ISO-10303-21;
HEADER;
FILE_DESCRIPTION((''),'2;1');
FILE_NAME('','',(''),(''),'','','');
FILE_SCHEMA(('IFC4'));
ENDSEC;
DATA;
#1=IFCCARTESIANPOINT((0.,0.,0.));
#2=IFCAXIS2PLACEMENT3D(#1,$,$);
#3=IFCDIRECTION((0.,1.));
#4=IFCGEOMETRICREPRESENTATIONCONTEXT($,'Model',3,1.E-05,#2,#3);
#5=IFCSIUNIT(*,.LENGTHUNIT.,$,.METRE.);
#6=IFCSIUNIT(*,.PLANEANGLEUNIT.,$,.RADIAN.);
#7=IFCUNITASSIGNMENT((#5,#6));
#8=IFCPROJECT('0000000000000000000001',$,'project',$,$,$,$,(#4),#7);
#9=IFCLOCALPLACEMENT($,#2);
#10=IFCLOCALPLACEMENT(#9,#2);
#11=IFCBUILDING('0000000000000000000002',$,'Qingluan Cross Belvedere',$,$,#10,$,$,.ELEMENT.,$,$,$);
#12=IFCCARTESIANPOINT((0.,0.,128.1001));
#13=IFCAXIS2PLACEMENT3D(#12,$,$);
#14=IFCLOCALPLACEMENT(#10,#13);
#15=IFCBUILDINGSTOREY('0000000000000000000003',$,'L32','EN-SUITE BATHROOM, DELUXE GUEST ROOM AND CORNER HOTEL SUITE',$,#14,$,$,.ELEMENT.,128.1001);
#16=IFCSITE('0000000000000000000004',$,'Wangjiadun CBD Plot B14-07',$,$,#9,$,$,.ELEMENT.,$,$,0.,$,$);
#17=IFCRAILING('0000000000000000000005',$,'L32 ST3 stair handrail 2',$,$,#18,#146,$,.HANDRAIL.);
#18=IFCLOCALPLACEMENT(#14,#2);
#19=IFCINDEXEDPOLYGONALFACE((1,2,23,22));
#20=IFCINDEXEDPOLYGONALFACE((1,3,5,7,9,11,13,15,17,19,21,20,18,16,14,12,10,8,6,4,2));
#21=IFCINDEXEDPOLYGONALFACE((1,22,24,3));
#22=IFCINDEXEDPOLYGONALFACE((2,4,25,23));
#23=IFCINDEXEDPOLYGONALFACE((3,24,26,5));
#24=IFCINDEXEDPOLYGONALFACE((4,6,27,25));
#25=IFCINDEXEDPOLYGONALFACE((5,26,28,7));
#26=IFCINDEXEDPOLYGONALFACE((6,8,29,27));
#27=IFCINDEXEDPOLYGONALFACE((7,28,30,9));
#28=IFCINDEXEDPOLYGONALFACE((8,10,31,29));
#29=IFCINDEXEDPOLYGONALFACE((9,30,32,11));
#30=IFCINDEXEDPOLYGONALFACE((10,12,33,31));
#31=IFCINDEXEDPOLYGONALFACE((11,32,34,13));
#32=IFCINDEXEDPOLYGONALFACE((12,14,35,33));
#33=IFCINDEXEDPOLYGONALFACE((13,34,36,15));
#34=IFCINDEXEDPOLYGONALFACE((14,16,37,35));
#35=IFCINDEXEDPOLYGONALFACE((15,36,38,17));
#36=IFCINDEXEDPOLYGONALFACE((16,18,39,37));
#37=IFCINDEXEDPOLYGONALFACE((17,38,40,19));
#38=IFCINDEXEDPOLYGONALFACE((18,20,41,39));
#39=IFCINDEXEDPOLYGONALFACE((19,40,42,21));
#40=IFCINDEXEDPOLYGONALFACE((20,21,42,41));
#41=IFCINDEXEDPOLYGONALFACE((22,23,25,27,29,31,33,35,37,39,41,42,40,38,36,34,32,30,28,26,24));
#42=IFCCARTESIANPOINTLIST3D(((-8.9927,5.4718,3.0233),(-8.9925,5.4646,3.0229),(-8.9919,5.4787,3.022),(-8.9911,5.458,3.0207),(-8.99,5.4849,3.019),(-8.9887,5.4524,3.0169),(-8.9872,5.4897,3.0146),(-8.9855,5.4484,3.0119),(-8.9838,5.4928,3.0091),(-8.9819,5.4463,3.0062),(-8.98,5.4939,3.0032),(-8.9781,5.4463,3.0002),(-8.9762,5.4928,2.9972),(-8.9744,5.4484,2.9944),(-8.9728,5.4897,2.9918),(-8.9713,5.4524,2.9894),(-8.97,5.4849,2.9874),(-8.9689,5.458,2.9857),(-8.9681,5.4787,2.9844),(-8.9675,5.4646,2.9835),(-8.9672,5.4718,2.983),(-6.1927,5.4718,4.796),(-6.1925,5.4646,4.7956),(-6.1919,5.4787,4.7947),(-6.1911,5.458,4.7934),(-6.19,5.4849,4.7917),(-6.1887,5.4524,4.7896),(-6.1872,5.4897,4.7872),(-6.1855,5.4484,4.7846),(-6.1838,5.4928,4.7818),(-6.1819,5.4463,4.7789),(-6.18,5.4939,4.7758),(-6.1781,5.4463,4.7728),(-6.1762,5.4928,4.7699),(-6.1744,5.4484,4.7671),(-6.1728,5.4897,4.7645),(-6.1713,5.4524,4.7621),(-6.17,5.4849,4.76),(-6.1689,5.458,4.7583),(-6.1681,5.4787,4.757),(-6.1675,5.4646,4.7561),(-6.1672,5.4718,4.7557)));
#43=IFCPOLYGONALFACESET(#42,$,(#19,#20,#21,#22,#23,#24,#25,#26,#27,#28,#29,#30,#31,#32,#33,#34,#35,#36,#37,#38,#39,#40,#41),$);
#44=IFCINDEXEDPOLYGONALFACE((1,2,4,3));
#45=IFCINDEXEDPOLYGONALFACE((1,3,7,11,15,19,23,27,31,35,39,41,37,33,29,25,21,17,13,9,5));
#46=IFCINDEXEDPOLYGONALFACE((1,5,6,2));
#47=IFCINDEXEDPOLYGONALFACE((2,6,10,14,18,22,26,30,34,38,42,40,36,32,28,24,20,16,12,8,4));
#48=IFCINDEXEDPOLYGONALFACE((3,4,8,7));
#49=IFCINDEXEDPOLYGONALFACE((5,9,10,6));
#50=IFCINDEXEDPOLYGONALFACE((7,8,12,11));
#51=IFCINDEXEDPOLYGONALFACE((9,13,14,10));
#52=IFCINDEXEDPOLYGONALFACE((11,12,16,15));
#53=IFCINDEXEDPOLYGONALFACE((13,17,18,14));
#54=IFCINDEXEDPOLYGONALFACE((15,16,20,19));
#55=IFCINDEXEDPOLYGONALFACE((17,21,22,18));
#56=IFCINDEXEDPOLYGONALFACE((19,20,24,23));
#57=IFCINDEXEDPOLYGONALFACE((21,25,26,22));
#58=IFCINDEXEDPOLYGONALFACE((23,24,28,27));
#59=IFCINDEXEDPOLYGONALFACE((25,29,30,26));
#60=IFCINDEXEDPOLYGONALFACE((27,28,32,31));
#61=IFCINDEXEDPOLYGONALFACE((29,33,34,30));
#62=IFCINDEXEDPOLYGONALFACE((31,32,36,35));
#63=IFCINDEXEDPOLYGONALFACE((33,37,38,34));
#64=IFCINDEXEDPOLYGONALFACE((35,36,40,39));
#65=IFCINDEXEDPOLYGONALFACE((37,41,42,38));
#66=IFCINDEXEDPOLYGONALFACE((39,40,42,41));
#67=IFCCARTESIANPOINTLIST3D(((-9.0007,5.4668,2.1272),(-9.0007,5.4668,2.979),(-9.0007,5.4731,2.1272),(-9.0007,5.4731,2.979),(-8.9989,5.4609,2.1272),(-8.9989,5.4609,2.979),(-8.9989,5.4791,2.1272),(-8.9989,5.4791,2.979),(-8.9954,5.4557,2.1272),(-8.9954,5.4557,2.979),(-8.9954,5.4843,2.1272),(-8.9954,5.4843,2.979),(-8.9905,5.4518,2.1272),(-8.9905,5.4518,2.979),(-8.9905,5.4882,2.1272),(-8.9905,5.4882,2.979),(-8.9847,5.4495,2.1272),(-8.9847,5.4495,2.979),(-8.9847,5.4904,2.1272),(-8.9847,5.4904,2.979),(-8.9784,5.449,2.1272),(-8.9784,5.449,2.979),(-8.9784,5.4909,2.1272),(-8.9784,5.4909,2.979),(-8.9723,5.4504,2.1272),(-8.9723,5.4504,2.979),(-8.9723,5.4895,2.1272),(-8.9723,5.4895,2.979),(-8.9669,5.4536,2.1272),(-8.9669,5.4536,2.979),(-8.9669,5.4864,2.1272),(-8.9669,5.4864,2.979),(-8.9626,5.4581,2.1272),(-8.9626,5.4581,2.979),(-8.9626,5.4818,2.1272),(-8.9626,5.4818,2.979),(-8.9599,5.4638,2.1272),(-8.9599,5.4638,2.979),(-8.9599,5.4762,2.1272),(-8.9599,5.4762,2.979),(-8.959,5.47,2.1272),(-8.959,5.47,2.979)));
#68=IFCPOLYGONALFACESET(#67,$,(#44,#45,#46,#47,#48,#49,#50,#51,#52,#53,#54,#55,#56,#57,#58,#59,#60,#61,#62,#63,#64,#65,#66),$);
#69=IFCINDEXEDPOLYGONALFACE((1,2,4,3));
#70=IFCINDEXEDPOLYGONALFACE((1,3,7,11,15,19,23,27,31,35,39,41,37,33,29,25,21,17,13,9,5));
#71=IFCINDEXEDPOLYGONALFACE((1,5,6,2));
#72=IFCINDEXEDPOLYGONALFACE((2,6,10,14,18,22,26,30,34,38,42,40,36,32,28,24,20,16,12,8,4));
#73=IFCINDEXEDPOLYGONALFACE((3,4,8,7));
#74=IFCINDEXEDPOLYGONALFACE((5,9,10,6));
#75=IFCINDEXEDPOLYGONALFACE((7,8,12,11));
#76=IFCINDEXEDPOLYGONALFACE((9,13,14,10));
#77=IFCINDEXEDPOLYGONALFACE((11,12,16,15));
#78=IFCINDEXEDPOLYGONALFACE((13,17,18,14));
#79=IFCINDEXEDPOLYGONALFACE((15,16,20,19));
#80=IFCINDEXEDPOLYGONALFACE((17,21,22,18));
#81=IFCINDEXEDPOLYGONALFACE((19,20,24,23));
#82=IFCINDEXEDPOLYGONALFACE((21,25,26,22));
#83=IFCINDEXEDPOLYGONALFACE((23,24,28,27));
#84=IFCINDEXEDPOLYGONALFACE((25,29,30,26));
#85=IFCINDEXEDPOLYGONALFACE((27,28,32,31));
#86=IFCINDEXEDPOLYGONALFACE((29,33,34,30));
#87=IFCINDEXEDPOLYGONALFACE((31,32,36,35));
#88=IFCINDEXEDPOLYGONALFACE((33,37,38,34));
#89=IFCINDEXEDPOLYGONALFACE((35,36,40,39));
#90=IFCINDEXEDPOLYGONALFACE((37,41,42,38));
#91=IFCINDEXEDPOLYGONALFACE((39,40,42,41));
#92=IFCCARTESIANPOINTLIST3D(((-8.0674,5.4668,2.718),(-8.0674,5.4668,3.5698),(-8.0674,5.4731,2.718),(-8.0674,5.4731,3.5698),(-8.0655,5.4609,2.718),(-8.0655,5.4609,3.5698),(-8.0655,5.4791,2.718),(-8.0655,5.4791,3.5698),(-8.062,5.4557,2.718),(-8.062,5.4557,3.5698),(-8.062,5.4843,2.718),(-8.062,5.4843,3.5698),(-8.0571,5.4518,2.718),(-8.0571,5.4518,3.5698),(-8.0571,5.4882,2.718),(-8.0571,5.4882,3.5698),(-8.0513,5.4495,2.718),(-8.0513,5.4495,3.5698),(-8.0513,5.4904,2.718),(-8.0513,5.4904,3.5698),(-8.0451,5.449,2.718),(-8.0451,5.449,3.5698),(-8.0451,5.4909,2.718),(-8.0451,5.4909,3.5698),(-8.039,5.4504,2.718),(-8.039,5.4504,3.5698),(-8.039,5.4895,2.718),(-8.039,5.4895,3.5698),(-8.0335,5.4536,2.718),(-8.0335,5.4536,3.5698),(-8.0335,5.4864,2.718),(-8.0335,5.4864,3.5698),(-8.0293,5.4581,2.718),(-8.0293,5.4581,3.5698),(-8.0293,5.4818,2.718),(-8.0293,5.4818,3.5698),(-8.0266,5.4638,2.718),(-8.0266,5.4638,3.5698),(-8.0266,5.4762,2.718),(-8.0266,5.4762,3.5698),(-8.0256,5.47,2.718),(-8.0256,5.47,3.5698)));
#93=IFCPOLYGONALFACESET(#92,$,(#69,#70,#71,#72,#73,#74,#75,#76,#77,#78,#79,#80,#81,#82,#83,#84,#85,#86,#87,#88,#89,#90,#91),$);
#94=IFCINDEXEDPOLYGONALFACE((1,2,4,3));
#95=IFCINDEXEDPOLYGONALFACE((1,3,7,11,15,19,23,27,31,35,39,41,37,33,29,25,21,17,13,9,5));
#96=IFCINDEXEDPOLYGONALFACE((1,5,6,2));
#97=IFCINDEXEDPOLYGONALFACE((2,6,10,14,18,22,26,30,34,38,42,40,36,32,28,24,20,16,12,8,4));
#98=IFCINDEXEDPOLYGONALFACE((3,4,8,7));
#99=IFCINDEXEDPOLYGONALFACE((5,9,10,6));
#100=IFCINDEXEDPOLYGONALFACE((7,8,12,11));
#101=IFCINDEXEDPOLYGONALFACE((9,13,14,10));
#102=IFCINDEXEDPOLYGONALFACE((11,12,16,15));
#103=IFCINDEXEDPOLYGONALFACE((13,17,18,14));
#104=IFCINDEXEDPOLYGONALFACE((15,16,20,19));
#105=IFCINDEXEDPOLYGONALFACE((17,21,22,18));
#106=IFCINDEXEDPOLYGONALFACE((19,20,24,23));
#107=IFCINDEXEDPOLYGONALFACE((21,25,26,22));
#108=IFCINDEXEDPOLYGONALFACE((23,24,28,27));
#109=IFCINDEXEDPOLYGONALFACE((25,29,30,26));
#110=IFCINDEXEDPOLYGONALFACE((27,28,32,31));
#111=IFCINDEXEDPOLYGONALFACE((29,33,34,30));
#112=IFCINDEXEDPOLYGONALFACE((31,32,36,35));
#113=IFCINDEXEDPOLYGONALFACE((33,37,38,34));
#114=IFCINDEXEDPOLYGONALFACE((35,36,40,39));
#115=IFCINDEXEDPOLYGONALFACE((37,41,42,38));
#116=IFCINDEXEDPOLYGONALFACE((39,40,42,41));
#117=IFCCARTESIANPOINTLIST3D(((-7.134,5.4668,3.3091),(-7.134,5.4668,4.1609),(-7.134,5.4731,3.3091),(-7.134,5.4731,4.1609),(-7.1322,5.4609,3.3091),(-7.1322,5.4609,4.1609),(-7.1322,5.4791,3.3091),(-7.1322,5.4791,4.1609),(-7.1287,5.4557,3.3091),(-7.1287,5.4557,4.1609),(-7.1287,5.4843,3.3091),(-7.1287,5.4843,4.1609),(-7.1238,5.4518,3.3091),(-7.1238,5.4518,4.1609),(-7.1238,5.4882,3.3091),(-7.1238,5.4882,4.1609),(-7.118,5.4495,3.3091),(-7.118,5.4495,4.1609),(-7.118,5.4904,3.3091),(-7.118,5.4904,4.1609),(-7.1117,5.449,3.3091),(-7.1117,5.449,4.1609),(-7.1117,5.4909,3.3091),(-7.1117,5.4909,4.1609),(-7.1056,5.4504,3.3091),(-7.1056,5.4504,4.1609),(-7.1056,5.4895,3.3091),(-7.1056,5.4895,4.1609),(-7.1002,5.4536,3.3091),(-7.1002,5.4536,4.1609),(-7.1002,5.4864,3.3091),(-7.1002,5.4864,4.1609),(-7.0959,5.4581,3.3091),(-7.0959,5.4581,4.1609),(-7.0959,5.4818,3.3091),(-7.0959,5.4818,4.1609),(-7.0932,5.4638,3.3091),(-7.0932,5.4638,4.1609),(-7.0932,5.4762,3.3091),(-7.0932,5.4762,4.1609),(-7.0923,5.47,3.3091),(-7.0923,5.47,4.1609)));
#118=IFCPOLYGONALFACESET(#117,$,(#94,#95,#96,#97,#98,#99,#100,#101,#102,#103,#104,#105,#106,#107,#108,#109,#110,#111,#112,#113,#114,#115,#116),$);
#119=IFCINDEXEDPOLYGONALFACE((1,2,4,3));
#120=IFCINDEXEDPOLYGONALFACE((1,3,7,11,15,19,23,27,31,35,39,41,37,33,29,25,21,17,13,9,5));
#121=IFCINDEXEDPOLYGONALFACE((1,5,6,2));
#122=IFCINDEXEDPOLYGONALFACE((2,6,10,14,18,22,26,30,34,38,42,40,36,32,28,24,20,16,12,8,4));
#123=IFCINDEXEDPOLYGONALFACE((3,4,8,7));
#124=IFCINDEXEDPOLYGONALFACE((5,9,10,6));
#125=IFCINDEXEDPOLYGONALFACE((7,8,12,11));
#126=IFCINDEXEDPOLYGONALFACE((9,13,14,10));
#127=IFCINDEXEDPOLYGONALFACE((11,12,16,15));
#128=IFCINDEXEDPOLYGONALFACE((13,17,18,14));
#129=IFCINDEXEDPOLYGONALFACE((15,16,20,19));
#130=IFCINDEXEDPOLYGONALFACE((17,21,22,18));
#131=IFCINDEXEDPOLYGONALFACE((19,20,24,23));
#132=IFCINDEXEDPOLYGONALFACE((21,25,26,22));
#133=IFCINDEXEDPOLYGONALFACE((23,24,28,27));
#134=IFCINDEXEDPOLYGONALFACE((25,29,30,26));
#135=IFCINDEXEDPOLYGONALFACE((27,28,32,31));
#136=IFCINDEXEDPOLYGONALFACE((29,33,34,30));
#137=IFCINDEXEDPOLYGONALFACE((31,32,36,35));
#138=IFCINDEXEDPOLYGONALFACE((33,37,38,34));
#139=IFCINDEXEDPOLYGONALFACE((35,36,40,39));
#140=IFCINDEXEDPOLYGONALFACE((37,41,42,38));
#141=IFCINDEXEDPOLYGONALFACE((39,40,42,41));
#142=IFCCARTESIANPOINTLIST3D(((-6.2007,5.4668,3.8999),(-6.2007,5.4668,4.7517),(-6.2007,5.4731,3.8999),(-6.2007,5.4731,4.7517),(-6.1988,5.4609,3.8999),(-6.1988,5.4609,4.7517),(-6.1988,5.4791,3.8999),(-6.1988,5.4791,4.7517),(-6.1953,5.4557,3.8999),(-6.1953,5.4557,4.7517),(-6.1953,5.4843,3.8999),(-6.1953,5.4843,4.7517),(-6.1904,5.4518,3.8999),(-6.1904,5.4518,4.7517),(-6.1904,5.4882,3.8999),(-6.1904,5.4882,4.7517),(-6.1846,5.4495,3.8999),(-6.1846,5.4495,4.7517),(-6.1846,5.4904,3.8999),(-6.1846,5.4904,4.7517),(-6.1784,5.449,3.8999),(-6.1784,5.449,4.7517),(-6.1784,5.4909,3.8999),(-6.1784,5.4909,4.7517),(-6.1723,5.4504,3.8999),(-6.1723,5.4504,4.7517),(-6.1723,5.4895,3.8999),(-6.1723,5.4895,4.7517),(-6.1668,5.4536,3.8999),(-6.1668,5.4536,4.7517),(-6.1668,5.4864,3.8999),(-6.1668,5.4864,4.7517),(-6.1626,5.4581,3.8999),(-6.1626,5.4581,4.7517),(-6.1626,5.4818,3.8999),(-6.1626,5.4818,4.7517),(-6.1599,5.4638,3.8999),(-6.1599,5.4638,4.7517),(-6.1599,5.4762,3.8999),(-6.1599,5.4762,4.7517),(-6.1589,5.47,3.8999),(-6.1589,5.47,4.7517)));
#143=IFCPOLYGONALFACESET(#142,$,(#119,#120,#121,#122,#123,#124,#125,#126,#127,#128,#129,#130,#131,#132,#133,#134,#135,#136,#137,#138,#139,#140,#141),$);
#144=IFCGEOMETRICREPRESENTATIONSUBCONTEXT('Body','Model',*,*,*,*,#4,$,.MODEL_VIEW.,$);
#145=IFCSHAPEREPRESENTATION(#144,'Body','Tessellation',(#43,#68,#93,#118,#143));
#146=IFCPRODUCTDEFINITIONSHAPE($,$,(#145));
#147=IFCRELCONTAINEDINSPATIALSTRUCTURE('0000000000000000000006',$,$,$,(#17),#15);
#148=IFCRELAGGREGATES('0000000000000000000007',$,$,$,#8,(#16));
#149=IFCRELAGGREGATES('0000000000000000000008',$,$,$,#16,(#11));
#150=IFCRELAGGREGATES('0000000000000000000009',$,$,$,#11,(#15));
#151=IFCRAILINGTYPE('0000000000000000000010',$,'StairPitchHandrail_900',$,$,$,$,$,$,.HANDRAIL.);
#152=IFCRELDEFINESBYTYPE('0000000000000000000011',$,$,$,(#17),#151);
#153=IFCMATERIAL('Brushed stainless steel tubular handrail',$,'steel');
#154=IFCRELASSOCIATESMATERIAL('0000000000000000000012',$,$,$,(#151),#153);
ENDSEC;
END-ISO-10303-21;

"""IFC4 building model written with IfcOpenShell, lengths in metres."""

from ifc_helpers import new_model, si_unit, direction, frame, origin, origin_2d, place, context, subcontext, project, spatial, circle, extrude, material, type_object, element, save


model = new_model("IFC4")

# Units and contexts
model_context = context("Model", 3, precision=1e-05, world=origin(), true_north=direction((0.0, 1.0)))
body_context = subcontext(model_context, "Body", "Model", "MODEL_VIEW")
ifc_project = project(units=[si_unit("LENGTHUNIT", "METRE"), si_unit("PLANEANGLEUNIT", "RADIAN")], contexts=[model_context])

# Site, building, storey
site_placement = place(None, origin())
site = spatial("IfcSite", under=ifc_project, at=site_placement, Name="Wangjiadun CBD Plot B14-07", CompositionType="ELEMENT", RefElevation=0.0)
building_placement = place(site_placement, origin())
building = spatial("IfcBuilding", under=site, at=building_placement, Name="Qingluan Cross Belvedere", CompositionType="ELEMENT")
storey_placement = place(building_placement, frame((0.0, 0.0, 128.1001)))
storey = spatial("IfcBuildingStorey", under=building, at=storey_placement, Name="L32", Description="EN-SUITE BATHROOM, DELUXE GUEST ROOM AND CORNER HOTEL SUITE", CompositionType="ELEMENT", Elevation=128.1001)

# Railing
ifc_material_1 = material(Name="Brushed stainless steel tubular handrail", Category="steel")
railing_type_1 = type_object("IfcRailingType", Name="StairPitchHandrail_900", PredefinedType="HANDRAIL", material=ifc_material_1)
railing_1_placement = place(storey_placement, frame((-8.98, 5.47, 2.1272)))
element("IfcRailing", 1, at=railing_1_placement, inside=storey, type_object=railing_type_1, Name="L32 ST3 stair handrail 2", PredefinedType="HANDRAIL", context=body_context, shape_type="SweptSolid", body=[
    extrude(circle(Radius=0.0239, at=origin_2d()), frame((0.0, 0.0, 0.876), z_axis=(0.844909, 0.0, 0.53491), x_axis=(0.0, 1.0, 0.0)), (0.0, 0.0, 1.0), 3.314),
    extrude(circle(Radius=0.021, at=origin_2d()), origin(), (0.0, 0.0, 1.0), 0.8518),
    extrude(circle(Radius=0.021, at=origin_2d()), frame((0.9333, 0.0, 0.5908)), (0.0, 0.0, 1.0), 0.8518),
    extrude(circle(Radius=0.021, at=origin_2d()), frame((1.8667, 0.0, 1.1819)), (0.0, 0.0, 1.0), 0.8518),
    extrude(circle(Radius=0.021, at=origin_2d()), frame((2.8, 0.0, 1.7727)), (0.0, 0.0, 1.0), 0.8518),
])

save(model, "model.ifc")
